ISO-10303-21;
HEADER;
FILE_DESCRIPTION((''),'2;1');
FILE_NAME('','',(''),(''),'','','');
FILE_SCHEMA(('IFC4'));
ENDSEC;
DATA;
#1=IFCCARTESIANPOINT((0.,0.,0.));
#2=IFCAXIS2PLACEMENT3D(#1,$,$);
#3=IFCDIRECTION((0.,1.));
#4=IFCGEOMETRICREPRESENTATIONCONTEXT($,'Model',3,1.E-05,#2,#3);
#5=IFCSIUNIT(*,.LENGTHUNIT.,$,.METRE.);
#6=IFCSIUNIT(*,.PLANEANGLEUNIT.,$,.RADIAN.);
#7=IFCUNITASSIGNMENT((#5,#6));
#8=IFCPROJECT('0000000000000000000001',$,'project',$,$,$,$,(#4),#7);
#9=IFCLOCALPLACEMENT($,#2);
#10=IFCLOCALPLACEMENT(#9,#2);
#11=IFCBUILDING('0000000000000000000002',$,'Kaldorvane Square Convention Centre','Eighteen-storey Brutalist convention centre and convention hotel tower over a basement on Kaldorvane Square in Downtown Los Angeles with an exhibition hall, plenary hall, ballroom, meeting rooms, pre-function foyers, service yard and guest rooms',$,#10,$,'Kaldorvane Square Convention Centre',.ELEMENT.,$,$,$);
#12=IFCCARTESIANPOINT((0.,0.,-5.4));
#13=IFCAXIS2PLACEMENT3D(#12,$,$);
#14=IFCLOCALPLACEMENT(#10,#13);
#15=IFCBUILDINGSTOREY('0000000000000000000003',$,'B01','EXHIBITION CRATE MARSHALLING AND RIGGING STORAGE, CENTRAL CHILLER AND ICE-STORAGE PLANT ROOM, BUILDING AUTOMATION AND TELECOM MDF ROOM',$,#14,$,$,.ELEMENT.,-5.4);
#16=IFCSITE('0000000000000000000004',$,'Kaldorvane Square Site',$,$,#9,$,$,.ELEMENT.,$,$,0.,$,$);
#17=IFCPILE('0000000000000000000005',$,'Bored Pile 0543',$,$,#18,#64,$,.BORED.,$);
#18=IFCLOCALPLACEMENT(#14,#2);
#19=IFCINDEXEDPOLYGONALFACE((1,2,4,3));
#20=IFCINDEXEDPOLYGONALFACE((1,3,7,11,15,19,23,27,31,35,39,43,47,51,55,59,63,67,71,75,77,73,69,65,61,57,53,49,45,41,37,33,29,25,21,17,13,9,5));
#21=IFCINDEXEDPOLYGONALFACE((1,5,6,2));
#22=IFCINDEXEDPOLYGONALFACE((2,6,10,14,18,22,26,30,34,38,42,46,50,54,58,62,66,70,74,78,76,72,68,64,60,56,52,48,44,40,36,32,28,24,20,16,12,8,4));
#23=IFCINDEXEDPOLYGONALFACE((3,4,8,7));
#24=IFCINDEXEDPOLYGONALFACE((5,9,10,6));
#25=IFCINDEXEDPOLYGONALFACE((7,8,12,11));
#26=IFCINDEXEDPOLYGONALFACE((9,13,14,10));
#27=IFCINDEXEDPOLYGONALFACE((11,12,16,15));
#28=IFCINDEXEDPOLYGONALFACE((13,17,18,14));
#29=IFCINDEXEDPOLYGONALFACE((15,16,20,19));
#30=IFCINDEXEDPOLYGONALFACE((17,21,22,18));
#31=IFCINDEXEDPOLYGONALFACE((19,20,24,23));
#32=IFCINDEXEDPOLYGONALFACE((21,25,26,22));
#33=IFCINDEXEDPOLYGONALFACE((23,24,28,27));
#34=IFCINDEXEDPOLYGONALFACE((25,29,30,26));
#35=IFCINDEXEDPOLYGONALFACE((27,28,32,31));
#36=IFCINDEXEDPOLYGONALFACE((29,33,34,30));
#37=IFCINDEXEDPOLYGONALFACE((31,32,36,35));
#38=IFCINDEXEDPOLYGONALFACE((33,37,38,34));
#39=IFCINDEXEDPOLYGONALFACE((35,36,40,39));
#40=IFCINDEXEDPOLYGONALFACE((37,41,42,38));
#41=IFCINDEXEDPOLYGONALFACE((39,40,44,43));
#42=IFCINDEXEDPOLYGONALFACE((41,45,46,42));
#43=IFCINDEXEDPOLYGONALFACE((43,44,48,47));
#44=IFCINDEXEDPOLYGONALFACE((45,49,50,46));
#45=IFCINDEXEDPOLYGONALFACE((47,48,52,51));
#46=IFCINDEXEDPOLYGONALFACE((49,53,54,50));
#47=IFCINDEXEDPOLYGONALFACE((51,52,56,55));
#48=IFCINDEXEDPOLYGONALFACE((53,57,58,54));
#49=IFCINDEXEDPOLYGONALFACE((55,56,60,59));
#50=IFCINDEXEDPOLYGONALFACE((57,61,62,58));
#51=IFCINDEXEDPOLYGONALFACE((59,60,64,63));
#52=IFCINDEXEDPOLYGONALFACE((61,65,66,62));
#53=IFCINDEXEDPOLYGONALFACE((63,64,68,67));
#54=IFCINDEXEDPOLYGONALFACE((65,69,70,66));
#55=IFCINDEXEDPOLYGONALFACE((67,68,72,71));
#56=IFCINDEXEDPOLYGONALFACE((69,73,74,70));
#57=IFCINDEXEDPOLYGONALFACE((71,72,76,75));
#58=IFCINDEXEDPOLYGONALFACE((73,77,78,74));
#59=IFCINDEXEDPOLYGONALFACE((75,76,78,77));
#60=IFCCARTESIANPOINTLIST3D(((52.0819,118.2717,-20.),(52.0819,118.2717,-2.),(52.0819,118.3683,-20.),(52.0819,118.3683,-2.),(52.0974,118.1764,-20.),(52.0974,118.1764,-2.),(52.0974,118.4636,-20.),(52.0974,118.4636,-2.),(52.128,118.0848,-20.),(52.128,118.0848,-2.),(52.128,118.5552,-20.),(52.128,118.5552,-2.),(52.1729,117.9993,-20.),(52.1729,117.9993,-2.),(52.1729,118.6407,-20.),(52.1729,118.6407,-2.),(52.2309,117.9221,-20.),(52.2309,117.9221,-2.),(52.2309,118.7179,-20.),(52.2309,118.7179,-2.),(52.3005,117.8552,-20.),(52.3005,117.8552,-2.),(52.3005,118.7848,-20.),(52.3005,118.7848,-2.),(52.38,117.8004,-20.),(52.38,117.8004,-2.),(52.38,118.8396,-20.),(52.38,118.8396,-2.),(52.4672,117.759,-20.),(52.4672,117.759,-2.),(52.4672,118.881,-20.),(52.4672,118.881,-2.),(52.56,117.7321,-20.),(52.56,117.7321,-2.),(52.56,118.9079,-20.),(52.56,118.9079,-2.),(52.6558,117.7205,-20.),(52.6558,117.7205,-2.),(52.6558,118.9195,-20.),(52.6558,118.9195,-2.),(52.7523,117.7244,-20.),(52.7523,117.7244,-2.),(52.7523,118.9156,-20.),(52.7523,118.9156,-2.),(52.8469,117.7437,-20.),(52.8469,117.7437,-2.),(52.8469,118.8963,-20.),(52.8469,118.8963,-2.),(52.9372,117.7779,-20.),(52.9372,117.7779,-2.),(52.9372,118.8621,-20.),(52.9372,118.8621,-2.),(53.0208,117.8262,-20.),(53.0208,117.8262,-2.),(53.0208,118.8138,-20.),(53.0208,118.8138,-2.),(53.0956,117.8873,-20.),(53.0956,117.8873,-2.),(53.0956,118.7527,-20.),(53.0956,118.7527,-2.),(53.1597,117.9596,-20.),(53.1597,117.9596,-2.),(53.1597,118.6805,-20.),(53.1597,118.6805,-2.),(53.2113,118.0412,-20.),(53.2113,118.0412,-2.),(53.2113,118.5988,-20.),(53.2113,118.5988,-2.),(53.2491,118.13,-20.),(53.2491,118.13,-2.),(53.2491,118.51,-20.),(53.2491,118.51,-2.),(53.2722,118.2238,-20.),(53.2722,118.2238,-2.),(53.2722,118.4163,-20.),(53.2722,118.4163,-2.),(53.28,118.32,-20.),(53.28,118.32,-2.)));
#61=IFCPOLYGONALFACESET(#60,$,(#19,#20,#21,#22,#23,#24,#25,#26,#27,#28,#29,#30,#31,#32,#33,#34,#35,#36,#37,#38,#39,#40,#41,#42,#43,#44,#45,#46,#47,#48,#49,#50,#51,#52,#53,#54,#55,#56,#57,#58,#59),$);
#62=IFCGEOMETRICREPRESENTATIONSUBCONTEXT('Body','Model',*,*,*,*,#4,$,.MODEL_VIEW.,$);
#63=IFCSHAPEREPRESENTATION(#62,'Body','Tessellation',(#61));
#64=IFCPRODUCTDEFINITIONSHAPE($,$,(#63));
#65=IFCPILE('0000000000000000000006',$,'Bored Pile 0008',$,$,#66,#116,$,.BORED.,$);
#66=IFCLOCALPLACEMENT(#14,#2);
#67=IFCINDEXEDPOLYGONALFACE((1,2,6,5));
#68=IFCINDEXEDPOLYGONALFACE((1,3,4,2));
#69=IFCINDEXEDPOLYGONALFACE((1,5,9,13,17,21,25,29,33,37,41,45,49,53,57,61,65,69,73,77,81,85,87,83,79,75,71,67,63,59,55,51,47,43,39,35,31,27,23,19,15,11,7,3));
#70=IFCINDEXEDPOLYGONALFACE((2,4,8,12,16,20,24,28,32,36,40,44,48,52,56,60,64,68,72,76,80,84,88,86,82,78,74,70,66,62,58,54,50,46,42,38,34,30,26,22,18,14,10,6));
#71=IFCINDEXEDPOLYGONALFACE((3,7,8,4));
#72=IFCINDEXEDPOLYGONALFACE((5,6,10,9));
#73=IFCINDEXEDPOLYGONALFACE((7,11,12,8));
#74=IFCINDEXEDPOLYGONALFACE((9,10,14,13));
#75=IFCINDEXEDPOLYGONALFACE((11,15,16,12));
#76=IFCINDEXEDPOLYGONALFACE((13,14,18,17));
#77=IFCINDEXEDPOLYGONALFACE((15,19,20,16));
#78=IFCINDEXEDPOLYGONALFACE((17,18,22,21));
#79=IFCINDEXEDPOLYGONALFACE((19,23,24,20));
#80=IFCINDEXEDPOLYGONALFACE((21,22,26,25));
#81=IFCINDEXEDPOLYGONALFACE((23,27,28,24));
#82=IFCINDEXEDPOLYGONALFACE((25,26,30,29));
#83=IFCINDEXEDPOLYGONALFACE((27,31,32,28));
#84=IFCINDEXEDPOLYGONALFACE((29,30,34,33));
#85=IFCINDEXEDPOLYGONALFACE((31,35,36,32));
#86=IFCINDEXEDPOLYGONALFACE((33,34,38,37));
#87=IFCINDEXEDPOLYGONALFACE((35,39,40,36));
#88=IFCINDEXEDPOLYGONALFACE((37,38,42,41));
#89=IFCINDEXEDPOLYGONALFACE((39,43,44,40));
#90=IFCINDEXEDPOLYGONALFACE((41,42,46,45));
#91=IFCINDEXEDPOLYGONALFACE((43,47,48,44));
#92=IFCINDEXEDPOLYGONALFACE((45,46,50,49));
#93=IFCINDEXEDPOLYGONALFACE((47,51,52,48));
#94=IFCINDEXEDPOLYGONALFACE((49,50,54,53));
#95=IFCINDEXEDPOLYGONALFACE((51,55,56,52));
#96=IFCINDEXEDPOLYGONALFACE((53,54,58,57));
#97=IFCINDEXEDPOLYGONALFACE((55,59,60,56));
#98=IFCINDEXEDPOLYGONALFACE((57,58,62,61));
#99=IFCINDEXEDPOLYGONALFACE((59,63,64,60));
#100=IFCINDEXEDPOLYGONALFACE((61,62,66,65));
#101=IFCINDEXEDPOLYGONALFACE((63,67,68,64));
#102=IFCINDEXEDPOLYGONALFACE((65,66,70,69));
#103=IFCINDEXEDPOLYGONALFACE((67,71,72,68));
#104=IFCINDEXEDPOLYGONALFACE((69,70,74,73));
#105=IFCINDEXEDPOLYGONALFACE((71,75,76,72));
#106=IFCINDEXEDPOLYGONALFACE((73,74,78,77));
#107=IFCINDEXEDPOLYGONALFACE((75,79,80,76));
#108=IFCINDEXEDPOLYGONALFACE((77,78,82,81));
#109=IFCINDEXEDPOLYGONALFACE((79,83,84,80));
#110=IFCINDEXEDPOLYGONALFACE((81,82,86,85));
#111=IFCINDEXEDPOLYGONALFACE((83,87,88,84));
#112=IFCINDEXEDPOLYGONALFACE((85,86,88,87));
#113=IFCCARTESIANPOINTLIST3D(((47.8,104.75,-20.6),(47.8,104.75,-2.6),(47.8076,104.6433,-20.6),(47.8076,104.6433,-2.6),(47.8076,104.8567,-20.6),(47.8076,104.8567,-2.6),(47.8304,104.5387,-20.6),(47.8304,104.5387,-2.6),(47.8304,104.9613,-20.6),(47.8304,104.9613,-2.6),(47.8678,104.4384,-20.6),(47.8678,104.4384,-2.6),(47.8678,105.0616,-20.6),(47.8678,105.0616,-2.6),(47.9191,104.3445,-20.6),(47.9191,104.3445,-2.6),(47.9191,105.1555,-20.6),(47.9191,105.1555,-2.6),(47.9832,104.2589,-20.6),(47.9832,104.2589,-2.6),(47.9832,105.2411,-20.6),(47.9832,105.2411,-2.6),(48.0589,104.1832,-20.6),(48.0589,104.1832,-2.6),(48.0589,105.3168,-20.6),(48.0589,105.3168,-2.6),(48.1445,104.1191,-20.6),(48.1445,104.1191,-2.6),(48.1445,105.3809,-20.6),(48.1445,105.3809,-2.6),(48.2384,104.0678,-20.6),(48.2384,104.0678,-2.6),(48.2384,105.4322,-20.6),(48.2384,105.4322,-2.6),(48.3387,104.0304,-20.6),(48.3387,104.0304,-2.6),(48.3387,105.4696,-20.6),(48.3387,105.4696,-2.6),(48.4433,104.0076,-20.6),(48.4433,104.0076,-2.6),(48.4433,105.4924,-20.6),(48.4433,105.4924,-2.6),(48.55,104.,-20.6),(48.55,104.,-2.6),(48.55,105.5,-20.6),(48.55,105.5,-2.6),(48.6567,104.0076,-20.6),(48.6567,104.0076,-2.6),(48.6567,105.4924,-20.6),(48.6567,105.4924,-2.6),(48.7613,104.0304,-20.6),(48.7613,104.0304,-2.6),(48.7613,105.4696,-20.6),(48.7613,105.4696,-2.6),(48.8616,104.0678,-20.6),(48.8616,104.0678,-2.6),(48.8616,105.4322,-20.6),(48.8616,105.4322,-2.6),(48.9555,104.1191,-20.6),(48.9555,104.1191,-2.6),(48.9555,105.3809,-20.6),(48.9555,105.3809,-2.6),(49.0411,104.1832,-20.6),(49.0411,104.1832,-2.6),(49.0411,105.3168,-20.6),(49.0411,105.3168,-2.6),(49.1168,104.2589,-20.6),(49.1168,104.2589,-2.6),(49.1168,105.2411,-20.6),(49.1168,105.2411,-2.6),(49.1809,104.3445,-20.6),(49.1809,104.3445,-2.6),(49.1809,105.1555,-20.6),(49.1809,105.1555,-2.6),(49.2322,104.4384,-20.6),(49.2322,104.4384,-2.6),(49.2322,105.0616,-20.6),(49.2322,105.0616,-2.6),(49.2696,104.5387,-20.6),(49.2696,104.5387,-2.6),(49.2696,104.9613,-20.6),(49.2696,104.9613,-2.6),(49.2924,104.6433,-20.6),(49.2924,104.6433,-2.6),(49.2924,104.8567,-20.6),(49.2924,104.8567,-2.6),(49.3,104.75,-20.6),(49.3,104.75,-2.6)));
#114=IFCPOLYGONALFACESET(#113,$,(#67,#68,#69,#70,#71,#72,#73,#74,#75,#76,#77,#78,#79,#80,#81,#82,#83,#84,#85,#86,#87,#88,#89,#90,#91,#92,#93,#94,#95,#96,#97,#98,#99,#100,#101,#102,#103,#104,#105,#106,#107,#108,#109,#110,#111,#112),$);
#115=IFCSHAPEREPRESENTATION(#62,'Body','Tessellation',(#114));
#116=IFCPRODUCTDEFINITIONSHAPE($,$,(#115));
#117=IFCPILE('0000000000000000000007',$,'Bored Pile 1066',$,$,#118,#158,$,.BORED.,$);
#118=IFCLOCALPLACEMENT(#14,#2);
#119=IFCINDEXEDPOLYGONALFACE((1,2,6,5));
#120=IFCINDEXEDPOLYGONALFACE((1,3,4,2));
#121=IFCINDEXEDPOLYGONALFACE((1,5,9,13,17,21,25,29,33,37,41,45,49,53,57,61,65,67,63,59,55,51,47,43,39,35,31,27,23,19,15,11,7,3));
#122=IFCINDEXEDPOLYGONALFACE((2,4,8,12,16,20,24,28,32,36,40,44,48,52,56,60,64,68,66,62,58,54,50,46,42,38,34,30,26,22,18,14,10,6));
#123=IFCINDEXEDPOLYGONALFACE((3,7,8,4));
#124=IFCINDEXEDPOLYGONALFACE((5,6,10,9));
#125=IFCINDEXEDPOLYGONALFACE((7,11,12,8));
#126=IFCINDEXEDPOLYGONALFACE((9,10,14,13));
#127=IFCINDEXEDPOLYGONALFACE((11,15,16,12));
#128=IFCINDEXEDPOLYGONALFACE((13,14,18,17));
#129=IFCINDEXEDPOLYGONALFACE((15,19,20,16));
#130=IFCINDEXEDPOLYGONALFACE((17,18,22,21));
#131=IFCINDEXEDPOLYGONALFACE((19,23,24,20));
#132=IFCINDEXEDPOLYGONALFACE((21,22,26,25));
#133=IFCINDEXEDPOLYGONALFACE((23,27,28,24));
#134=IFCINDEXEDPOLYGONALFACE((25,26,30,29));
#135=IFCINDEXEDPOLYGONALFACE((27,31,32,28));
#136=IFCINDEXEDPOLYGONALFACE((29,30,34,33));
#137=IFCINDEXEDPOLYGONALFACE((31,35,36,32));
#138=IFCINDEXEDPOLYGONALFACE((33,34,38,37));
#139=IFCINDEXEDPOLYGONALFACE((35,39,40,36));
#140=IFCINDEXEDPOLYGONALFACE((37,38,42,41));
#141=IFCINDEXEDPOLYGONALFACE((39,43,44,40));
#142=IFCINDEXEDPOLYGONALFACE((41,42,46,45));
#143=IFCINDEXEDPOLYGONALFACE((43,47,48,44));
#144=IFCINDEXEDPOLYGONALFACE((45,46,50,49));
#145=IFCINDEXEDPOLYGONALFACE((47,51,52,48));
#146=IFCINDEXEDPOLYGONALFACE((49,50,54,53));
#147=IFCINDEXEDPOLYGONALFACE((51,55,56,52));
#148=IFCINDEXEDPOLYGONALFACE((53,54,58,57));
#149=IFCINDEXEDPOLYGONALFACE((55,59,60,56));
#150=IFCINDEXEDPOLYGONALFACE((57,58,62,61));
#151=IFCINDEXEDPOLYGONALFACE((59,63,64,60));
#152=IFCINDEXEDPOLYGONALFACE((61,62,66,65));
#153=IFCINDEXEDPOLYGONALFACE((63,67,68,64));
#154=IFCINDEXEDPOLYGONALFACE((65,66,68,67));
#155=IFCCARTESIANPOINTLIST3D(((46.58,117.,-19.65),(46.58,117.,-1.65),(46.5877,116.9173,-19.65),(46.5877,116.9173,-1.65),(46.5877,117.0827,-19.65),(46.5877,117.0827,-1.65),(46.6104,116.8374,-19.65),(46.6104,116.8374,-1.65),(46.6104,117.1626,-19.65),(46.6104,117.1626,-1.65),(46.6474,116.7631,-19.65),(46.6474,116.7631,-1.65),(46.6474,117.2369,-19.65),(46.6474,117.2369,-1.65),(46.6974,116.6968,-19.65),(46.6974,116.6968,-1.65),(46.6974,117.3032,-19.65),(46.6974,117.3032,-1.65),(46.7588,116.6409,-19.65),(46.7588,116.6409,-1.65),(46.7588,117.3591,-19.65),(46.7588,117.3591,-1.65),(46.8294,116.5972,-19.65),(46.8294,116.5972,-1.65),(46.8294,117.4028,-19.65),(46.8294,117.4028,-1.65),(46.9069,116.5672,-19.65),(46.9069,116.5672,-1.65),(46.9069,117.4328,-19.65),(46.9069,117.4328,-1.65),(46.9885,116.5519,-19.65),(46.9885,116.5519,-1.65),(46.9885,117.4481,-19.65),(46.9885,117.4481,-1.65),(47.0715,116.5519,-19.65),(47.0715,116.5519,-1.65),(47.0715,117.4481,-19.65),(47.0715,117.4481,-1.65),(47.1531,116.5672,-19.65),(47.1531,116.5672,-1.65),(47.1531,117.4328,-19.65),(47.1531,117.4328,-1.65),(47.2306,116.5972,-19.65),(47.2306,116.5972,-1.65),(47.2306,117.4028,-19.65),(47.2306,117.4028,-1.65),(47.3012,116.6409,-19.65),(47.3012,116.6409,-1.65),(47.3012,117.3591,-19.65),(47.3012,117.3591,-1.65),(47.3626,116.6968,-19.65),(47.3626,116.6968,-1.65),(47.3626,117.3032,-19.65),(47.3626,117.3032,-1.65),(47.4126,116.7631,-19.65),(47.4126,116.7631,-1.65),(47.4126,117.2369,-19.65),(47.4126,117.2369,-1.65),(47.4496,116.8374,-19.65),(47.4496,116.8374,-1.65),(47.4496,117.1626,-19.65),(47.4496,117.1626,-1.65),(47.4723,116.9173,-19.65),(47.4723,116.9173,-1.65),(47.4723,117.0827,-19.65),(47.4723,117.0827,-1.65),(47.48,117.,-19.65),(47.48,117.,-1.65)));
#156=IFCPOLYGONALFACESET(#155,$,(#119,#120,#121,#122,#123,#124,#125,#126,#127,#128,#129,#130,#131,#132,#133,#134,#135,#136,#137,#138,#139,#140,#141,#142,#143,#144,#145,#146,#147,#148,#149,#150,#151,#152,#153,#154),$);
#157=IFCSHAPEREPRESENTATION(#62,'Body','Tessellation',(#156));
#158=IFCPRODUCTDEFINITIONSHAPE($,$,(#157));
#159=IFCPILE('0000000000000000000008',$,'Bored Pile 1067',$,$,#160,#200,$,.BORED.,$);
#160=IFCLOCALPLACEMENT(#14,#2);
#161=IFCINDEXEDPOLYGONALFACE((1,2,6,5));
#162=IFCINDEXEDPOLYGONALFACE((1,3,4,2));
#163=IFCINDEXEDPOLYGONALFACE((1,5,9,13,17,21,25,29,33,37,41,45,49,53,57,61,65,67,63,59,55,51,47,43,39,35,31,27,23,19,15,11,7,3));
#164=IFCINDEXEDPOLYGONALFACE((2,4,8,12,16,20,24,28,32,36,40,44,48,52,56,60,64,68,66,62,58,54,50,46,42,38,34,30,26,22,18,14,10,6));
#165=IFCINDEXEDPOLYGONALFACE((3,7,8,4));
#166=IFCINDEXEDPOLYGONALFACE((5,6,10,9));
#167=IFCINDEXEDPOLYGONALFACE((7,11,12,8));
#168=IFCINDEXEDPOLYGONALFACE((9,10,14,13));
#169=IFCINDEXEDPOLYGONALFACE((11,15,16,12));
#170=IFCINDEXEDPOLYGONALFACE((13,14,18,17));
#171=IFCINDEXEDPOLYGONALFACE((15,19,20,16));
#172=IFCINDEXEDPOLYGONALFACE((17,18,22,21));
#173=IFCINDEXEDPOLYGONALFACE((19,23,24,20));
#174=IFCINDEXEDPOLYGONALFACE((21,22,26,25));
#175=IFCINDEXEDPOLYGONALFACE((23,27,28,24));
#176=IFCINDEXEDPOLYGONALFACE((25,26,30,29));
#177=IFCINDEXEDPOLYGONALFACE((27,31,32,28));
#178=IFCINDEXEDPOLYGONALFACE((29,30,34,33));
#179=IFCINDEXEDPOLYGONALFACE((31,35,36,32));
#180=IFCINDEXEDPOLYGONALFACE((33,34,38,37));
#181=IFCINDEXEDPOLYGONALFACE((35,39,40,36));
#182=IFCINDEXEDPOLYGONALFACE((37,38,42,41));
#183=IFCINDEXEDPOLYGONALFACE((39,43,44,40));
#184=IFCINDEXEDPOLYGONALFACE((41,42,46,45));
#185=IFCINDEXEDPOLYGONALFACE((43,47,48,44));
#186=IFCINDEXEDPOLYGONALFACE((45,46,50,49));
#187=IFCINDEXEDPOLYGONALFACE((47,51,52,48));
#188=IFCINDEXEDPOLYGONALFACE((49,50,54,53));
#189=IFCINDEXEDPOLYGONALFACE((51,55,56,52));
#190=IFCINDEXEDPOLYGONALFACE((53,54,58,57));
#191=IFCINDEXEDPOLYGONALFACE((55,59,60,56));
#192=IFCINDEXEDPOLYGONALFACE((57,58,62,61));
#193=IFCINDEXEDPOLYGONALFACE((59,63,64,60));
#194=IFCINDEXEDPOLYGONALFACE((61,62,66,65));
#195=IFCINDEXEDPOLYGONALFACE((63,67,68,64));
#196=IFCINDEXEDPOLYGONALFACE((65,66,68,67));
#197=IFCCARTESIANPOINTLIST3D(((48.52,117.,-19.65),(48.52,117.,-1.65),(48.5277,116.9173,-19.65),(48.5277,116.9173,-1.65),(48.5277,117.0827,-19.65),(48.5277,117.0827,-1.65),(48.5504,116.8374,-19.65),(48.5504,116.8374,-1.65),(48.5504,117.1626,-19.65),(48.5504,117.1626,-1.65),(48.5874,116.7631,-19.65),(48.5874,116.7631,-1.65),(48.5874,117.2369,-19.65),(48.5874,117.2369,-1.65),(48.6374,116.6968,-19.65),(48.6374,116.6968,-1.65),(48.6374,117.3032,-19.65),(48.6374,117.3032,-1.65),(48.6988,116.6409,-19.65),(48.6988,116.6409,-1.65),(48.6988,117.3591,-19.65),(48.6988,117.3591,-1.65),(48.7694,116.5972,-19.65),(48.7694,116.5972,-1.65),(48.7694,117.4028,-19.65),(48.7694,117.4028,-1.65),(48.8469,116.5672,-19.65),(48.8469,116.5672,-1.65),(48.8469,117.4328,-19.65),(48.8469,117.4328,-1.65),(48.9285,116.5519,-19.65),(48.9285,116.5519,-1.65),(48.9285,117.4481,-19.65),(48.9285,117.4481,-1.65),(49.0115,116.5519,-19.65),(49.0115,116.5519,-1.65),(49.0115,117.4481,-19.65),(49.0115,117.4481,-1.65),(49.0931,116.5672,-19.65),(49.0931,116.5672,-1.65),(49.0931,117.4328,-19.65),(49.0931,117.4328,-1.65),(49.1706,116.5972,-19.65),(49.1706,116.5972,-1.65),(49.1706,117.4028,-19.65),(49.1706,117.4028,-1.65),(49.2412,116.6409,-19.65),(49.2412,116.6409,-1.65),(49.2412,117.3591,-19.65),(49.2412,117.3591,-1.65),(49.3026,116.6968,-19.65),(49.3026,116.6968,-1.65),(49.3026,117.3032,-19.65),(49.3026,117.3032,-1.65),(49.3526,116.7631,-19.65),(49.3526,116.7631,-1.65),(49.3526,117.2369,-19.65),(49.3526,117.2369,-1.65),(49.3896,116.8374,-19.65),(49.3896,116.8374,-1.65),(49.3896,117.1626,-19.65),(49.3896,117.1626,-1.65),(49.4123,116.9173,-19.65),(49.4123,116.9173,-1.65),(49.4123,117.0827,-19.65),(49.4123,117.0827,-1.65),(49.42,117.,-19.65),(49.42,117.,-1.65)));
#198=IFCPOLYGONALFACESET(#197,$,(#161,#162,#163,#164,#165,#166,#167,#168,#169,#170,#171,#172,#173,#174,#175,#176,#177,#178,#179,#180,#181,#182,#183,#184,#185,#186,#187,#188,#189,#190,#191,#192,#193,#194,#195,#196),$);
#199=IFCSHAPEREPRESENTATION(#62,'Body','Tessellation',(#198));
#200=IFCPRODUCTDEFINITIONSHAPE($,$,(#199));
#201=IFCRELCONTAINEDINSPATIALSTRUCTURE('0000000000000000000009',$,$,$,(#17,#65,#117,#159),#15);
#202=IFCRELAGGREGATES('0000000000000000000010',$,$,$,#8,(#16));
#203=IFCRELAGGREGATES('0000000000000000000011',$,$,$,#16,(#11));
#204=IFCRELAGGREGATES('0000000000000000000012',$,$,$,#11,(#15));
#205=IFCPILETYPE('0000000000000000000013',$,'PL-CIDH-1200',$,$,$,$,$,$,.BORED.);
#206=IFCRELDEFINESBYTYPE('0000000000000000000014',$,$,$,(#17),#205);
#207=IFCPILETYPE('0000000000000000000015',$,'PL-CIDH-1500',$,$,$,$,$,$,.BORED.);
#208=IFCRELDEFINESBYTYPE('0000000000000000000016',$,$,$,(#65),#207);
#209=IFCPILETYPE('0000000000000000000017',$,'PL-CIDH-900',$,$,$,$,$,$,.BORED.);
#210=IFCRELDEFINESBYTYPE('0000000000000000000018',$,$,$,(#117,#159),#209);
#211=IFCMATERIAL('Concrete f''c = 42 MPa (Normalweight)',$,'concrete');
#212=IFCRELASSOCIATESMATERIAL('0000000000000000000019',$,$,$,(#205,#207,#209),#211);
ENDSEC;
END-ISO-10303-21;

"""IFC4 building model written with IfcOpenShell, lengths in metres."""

from ifc_helpers import new_model, si_unit, direction, frame, origin, origin_2d, place, context, subcontext, project, spatial, circle, extrude, material, material_profile, profile_set, type_object, element, save


model = new_model("IFC4")

# Units and contexts
model_context = context("Model", 3, precision=1e-05, world=origin(), true_north=direction((0.0, 1.0)))
body_context = subcontext(model_context, "Body", "Model", "MODEL_VIEW")
ifc_project = project(units=[si_unit("LENGTHUNIT", "METRE"), si_unit("PLANEANGLEUNIT", "RADIAN")], contexts=[model_context])

# Site, building, storey
site_placement = place(None, origin())
site = spatial("IfcSite", under=ifc_project, at=site_placement, Name="Kaldorvane Square Site", CompositionType="ELEMENT", RefElevation=0.0)
building_placement = place(site_placement, origin())
building = spatial("IfcBuilding", under=site, at=building_placement, Name="Kaldorvane Square Convention Centre", Description="Eighteen-storey Brutalist convention centre and convention hotel tower over a basement on Kaldorvane Square in Downtown Los Angeles with an exhibition hall, plenary hall, ballroom, meeting rooms, pre-function foyers, service yard and guest rooms", LongName="Kaldorvane Square Convention Centre", CompositionType="ELEMENT")
storey_placement = place(building_placement, frame((0.0, 0.0, -5.4)))
storey = spatial("IfcBuildingStorey", under=building, at=storey_placement, Name="B01", Description="EXHIBITION CRATE MARSHALLING AND RIGGING STORAGE, CENTRAL CHILLER AND ICE-STORAGE PLANT ROOM, BUILDING AUTOMATION AND TELECOM MDF ROOM", CompositionType="ELEMENT", Elevation=-5.4)

# Shared definitions
ifc_material_1 = material(Name="Concrete f'c = 42 MPa (Normalweight)", Category="concrete")

# Piles
ifc_material_profile_1 = material_profile(ifc_material_1, circle(Radius=0.6, at=origin_2d()), Name="PILE-D1200")
ifc_profile_set_1 = profile_set([ifc_material_profile_1], Name="Concrete f'c = 42 MPa (Normalweight)")
pile_type_1 = type_object("IfcPileType", Name="PL-CIDH-1200", PredefinedType="BORED", material=ifc_profile_set_1)
for number, where, z_axis, x_axis, name in (
    (1, (52.68, 118.32, -2.0), (0.0, 0.0, -1.0), (1.0, 0.0, 0.0), "Bored Pile 0543"),
):
    element("IfcPile", number, at=place(storey_placement, frame(where, z_axis=z_axis, x_axis=x_axis)), inside=storey, type_object=pile_type_1, Name=name, PredefinedType="BORED", context=body_context, shape_type="SweptSolid", body=[
        extrude(circle(Radius=0.6, at=origin_2d()), origin(), (0.0, 0.0, 1.0), 18.0),
    ])
ifc_material_profile_2 = material_profile(ifc_material_1, circle(Radius=0.75, at=origin_2d()), Name="PILE-D1500")
ifc_profile_set_2 = profile_set([ifc_material_profile_2], Name="Concrete f'c = 42 MPa (Normalweight)")
pile_type_2 = type_object("IfcPileType", Name="PL-CIDH-1500", PredefinedType="BORED", material=ifc_profile_set_2)
pile_placement = place(storey_placement, frame((48.55, 104.75, -2.6), z_axis=(0.0, 0.0, -1.0), x_axis=(1.0, 0.0, 0.0)))
element("IfcPile", 2, at=pile_placement, inside=storey, type_object=pile_type_2, Name="Bored Pile 0008", PredefinedType="BORED", context=body_context, shape_type="SweptSolid", body=[
    extrude(circle(Radius=0.75, at=origin_2d()), origin(), (0.0, 0.0, 1.0), 18.0),
])
ifc_material_profile_3 = material_profile(ifc_material_1, circle(Radius=0.45, at=origin_2d()), Name="PILE-D900")
ifc_profile_set_3 = profile_set([ifc_material_profile_3], Name="Concrete f'c = 42 MPa (Normalweight)")
pile_type_3 = type_object("IfcPileType", Name="PL-CIDH-900", PredefinedType="BORED", material=ifc_profile_set_3)
for number, where, z_axis, x_axis, name in (
    (3, (47.03, 117.0, -1.65), (0.0, 0.0, -1.0), (1.0, 0.0, 0.0), "Bored Pile 1066"),
    (4, (48.97, 117.0, -1.65), (0.0, 0.0, -1.0), (1.0, 0.0, 0.0), "Bored Pile 1067"),
):
    element("IfcPile", number, at=place(storey_placement, frame(where, z_axis=z_axis, x_axis=x_axis)), inside=storey, type_object=pile_type_3, Name=name, PredefinedType="BORED", context=body_context, shape_type="SweptSolid", body=[
        extrude(circle(Radius=0.45, at=origin_2d()), origin(), (0.0, 0.0, 1.0), 18.0),
    ])

save(model, "model.ifc")
